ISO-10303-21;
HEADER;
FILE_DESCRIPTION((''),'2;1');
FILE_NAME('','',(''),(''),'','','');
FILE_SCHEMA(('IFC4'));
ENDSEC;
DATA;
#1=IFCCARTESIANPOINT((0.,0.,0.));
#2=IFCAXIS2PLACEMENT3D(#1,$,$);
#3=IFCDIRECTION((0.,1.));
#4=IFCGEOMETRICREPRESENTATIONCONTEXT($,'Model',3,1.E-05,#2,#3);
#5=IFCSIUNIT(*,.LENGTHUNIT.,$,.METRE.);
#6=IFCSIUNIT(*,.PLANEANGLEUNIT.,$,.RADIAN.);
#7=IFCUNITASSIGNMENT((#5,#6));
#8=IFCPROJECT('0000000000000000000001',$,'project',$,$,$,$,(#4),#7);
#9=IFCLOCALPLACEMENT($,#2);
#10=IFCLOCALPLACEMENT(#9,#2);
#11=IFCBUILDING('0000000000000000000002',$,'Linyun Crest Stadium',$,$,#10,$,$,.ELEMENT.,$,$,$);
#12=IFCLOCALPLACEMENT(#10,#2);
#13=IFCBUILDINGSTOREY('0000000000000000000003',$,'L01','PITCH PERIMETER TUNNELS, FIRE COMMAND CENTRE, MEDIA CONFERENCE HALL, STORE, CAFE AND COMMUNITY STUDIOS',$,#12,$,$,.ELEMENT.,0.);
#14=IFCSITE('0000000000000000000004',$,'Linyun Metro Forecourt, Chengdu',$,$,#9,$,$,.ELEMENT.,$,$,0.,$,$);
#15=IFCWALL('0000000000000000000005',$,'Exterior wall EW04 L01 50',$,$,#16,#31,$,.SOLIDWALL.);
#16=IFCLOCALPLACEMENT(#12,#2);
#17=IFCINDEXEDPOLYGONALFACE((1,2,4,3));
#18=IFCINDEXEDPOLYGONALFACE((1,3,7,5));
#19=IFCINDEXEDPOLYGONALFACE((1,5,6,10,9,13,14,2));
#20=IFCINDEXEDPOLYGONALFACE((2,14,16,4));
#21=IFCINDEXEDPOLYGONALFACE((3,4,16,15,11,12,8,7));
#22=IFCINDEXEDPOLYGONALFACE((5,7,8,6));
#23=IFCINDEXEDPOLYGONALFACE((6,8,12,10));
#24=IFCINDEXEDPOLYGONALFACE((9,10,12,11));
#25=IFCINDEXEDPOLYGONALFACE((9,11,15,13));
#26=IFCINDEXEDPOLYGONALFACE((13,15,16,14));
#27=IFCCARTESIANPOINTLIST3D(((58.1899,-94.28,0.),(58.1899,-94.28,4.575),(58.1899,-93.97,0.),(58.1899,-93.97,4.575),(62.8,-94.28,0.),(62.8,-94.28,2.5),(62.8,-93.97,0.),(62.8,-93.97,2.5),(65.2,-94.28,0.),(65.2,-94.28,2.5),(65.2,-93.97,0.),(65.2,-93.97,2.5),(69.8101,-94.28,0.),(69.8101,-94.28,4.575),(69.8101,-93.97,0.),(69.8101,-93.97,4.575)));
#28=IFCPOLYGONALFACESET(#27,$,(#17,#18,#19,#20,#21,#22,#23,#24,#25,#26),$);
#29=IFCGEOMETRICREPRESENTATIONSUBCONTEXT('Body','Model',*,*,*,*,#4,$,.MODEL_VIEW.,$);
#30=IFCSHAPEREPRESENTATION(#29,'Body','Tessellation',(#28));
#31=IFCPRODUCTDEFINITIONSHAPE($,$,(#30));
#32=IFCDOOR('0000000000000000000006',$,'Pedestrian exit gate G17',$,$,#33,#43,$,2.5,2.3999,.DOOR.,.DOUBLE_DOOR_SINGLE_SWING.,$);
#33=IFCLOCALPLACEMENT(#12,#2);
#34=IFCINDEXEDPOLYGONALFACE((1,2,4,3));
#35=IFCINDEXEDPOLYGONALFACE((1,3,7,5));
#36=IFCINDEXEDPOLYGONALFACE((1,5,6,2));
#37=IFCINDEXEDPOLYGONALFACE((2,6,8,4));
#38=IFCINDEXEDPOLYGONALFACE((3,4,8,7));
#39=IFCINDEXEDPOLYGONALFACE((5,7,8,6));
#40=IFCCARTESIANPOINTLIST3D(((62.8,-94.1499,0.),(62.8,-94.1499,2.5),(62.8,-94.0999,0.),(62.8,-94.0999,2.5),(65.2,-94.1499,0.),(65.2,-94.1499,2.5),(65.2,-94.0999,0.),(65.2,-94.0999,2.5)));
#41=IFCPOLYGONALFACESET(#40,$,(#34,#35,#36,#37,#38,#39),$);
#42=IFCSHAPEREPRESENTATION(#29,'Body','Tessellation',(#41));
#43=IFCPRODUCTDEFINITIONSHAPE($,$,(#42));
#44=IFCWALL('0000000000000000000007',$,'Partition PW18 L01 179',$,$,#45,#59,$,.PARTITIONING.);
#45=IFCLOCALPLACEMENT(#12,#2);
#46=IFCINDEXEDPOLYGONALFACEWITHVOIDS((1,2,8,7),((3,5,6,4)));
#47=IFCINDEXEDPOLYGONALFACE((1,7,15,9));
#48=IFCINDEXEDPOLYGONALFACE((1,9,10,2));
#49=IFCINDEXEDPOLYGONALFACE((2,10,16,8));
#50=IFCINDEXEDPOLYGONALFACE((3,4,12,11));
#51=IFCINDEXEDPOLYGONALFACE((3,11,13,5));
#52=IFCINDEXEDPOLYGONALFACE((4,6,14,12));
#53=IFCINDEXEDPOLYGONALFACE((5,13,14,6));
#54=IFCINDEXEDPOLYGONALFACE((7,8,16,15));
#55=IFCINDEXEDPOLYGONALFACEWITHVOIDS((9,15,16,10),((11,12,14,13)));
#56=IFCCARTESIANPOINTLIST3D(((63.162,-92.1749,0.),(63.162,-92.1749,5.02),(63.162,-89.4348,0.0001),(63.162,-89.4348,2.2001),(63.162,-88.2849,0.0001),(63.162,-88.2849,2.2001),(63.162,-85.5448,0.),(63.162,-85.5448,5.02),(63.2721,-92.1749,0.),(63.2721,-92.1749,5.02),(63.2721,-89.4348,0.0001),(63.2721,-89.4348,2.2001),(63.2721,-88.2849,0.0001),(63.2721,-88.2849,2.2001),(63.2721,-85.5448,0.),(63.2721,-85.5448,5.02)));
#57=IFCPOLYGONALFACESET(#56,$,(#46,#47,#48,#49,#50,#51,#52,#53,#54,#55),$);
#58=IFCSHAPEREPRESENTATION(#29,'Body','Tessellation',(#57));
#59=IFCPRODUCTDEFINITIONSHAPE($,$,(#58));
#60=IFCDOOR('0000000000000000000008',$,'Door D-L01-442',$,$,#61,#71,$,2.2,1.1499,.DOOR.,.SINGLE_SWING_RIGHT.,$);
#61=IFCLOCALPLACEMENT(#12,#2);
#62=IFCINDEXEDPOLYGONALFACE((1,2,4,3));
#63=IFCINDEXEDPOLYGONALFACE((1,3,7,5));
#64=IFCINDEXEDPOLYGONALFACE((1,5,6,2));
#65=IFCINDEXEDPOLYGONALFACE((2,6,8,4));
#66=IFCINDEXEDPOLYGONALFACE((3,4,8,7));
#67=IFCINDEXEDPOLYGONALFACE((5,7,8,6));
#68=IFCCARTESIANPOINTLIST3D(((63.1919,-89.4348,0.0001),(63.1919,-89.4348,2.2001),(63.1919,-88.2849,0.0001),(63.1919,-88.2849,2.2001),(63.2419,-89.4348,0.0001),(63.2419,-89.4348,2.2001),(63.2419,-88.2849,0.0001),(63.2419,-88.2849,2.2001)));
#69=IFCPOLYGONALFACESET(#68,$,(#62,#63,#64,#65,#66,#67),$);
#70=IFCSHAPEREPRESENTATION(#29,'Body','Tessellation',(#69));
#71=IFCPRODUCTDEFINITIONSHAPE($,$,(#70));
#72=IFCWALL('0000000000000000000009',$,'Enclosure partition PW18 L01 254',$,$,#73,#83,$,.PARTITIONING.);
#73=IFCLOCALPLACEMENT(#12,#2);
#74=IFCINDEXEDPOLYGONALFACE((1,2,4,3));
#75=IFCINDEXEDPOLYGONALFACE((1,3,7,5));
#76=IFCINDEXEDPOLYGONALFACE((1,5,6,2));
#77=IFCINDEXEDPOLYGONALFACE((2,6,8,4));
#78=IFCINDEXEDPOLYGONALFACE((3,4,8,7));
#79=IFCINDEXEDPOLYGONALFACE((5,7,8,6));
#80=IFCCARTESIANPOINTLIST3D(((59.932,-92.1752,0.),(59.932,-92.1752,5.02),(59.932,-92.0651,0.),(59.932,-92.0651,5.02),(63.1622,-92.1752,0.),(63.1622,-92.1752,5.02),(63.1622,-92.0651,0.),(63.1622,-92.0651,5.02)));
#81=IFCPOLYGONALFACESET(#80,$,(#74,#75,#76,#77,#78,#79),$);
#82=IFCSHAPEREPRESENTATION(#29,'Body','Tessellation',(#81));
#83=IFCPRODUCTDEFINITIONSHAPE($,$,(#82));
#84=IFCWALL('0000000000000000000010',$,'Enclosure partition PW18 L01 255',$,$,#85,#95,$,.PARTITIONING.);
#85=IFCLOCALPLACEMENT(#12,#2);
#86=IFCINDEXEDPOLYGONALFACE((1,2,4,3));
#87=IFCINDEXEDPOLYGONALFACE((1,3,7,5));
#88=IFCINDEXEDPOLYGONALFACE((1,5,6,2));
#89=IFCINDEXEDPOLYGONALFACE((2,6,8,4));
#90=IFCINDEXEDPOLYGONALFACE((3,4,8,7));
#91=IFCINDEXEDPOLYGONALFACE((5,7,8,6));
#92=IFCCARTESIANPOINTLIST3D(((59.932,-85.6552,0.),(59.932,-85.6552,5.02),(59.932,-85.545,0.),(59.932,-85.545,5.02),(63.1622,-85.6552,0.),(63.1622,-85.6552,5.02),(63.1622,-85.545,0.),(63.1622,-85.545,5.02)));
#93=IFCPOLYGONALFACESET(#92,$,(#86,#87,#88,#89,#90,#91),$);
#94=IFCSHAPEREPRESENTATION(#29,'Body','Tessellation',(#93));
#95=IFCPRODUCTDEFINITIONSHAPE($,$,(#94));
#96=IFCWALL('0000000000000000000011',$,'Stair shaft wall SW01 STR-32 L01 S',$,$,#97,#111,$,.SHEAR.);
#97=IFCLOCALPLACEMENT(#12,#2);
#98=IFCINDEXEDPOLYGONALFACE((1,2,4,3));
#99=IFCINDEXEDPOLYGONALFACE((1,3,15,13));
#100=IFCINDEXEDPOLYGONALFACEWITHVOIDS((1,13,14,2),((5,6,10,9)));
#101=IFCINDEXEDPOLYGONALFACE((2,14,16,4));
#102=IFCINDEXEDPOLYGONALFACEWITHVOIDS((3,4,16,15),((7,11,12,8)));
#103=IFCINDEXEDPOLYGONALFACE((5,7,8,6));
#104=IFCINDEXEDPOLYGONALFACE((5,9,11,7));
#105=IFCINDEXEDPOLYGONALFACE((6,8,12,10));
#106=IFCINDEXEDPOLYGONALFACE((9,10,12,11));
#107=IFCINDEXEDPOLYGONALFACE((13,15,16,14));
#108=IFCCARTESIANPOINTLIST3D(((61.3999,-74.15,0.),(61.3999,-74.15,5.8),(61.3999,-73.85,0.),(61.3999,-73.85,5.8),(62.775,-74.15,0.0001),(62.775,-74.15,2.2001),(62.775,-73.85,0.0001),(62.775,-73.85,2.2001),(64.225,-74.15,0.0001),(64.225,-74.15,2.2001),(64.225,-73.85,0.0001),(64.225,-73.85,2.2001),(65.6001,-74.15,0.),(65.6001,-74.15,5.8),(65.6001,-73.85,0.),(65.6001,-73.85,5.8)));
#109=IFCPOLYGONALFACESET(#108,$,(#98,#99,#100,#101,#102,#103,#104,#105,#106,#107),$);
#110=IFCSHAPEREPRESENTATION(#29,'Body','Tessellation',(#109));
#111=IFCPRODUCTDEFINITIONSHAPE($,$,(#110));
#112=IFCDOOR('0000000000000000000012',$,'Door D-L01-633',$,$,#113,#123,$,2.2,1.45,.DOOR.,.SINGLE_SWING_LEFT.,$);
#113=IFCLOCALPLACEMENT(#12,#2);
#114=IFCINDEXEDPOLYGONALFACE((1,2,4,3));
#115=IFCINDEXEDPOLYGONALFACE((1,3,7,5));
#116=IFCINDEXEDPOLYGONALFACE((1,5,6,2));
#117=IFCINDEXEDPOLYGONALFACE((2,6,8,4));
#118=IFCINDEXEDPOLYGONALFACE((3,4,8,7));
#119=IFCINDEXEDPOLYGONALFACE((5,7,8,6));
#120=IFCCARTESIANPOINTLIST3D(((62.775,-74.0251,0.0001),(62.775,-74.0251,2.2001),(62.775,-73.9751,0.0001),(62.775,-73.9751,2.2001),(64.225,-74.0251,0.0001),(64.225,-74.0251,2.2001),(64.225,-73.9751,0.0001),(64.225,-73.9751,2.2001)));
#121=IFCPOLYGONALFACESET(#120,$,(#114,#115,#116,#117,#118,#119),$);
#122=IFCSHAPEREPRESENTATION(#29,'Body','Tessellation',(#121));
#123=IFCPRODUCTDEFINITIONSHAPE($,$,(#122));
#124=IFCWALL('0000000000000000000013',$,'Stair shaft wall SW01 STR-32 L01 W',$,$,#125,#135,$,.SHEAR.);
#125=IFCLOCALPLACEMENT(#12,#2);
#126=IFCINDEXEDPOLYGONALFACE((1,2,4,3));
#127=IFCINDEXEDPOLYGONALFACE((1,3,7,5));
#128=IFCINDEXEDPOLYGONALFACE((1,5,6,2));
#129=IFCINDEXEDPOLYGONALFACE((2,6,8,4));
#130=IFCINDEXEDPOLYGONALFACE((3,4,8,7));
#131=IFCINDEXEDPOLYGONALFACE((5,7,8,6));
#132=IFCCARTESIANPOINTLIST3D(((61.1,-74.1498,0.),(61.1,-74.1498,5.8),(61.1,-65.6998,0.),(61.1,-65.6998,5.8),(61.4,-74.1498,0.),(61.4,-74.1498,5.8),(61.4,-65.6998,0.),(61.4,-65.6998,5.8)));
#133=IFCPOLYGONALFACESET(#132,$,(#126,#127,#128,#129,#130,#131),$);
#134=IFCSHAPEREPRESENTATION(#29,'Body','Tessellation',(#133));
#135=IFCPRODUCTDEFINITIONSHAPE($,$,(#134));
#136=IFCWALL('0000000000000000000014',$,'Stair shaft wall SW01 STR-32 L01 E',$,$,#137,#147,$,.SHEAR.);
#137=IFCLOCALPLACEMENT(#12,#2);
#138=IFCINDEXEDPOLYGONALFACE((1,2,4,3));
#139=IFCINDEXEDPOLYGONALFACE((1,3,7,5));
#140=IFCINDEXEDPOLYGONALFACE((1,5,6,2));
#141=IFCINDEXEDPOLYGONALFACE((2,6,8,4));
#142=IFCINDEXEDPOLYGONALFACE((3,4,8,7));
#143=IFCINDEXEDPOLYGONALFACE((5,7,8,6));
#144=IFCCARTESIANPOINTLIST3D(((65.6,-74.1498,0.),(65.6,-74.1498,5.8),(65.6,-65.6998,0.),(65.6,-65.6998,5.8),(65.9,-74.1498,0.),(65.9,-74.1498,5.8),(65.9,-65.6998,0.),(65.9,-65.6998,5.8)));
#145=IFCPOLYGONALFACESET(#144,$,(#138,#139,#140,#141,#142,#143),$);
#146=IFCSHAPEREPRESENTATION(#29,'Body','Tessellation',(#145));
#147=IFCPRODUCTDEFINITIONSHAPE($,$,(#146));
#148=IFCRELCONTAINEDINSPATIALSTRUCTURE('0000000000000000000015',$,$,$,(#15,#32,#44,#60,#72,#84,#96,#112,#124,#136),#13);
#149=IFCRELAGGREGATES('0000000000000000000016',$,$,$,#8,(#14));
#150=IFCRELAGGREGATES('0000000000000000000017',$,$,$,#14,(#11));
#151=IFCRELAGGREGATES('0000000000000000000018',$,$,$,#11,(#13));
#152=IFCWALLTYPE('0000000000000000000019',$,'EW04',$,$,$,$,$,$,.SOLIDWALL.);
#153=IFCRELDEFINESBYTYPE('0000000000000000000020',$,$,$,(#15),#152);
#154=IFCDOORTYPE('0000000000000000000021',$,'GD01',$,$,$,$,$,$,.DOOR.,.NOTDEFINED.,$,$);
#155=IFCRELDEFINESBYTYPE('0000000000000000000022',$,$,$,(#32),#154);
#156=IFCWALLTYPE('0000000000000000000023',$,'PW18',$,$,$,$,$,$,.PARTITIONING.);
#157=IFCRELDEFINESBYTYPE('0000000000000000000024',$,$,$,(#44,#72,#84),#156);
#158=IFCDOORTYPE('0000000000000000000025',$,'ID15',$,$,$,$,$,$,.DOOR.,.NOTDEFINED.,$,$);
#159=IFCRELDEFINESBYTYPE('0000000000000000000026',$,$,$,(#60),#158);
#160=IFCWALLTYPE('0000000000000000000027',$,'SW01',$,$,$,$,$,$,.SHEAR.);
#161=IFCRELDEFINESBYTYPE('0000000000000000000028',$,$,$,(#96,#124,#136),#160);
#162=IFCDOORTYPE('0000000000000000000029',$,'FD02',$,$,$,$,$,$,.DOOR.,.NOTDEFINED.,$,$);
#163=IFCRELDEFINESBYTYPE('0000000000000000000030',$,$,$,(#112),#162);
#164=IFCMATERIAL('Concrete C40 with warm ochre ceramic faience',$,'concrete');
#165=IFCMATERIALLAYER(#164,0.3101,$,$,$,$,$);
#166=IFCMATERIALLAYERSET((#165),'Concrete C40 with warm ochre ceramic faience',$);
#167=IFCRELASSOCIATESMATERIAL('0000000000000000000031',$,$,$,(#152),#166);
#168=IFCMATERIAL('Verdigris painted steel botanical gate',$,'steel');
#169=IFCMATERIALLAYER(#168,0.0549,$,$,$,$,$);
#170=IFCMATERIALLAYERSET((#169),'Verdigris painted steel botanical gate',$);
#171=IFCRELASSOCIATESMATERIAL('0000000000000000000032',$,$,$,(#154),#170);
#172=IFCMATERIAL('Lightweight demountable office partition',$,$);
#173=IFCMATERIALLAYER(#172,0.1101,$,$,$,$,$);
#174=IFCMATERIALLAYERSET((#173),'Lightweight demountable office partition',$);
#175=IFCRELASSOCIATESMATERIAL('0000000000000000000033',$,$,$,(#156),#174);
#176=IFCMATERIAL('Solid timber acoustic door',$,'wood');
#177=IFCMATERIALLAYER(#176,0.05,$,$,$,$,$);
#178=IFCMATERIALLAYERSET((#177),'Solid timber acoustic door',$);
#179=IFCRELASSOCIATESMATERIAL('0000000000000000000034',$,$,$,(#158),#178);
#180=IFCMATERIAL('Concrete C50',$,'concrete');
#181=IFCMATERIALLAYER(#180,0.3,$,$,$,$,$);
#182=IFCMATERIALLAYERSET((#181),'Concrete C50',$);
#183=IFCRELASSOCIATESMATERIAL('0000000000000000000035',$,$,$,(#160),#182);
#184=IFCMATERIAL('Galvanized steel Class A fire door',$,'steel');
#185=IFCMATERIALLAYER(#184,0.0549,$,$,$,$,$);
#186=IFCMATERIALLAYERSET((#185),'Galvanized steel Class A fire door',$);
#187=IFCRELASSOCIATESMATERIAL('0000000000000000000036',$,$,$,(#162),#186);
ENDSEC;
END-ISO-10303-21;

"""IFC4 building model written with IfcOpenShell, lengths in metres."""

from ifc_helpers import new_model, si_unit, direction, frame, frame_2d, origin, place, context, subcontext, project, spatial, rectangle, extrude, material, layer, layer_set, type_object, element, fill, save


model = new_model("IFC4")

# Units and contexts
model_context = context("Model", 3, precision=1e-05, world=origin(), true_north=direction((0.0, 1.0)))
body_context = subcontext(model_context, "Body", "Model", "MODEL_VIEW")
ifc_project = project(units=[si_unit("LENGTHUNIT", "METRE"), si_unit("PLANEANGLEUNIT", "RADIAN")], contexts=[model_context])

# Site, building, storey
site_placement = place(None, origin())
site = spatial("IfcSite", under=ifc_project, at=site_placement, Name="Linyun Metro Forecourt, Chengdu", CompositionType="ELEMENT", RefElevation=0.0)
building_placement = place(site_placement, origin())
building = spatial("IfcBuilding", under=site, at=building_placement, Name="Linyun Crest Stadium", CompositionType="ELEMENT")
storey_placement = place(building_placement, origin())
storey = spatial("IfcBuildingStorey", under=building, at=storey_placement, Name="L01", Description="PITCH PERIMETER TUNNELS, FIRE COMMAND CENTRE, MEDIA CONFERENCE HALL, STORE, CAFE AND COMMUNITY STUDIOS", CompositionType="ELEMENT", Elevation=0.0)

# Walls, openings, doors
ifc_material_1 = material(Name="Concrete C40 with warm ochre ceramic faience", Category="concrete")
ifc_layer_1 = layer(ifc_material_1, 0.3101)
ifc_layer_set_1 = layer_set([ifc_layer_1], Name="Concrete C40 with warm ochre ceramic faience")
wall_type_1 = type_object("IfcWallType", Name="EW04", PredefinedType="SOLIDWALL", material=ifc_layer_set_1)
wall_1_placement = place(storey_placement, frame((69.8101, -94.125, 0.0), z_axis=(0.0, 0.0, 1.0), x_axis=(-1.0, 0.0, 0.0)))
wall_1 = element("IfcWall", 1, at=wall_1_placement, inside=storey, type_object=wall_type_1, Name="Exterior wall EW04 L01 50", PredefinedType="SOLIDWALL", context=body_context, shape_type="SweptSolid", body=[
    extrude(rectangle(XDim=11.6201, YDim=0.3101, at=frame_2d((5.8101, 0.0))), origin(), (0.0, 0.0, 1.0), 4.575),
])
opening_1_placement = place(wall_1_placement, frame((4.6101, 0.0, 0.0)))
opening_1 = element("IfcOpeningElement", 2, at=opening_1_placement, cuts=wall_1, PredefinedType="OPENING", context=body_context, shape_type="SweptSolid", body=[
    extrude(rectangle(XDim=2.3999, YDim=2.5, at=frame_2d((1.2, 1.25))), frame((0.0, 0.165, 0.0), z_axis=(0.0, -1.0, 0.0), x_axis=(1.0, 0.0, 0.0)), (0.0, 0.0, 1.0), 0.3301),
])
ifc_material_2 = material(Name="Verdigris painted steel botanical gate", Category="steel")
ifc_layer_2 = layer(ifc_material_2, 0.0549)
ifc_layer_set_2 = layer_set([ifc_layer_2], Name="Verdigris painted steel botanical gate")
door_type_1 = type_object("IfcDoorType", Name="GD01", OperationType="NOTDEFINED", PredefinedType="DOOR", material=ifc_layer_set_2)
door_1_placement = place(opening_1_placement, origin())
door_1 = element("IfcDoor", 3, at=door_1_placement, inside=storey, type_object=door_type_1, Name="Pedestrian exit gate G17", OperationType="DOUBLE_DOOR_SINGLE_SWING", OverallHeight=2.5, OverallWidth=2.3999, PredefinedType="DOOR", context=body_context, shape_type="SweptSolid", body=[
    extrude(rectangle(XDim=2.3999, YDim=2.5, at=frame_2d((1.2, 1.25))), frame((0.0, 0.0249, 0.0), z_axis=(0.0, -1.0, 0.0), x_axis=(1.0, 0.0, 0.0)), (0.0, 0.0, 1.0), 0.05),
])
fill(opening_1, door_1)
ifc_material_3 = material(Name="Lightweight demountable office partition")
ifc_layer_3 = layer(ifc_material_3, 0.1101)
ifc_layer_set_3 = layer_set([ifc_layer_3], Name="Lightweight demountable office partition")
wall_type_2 = type_object("IfcWallType", Name="PW18", PredefinedType="PARTITIONING", material=ifc_layer_set_3)
wall_2_placement = place(storey_placement, frame((63.217, -85.5449, 0.0), z_axis=(0.0, 0.0, 1.0), x_axis=(0.0, -1.0, 0.0)))
wall_2 = element("IfcWall", 4, at=wall_2_placement, inside=storey, type_object=wall_type_2, Name="Partition PW18 L01 179", PredefinedType="PARTITIONING", context=body_context, shape_type="SweptSolid", body=[
    extrude(rectangle(XDim=6.6301, YDim=0.1101, at=frame_2d((3.3149, 0.0))), origin(), (0.0, 0.0, 1.0), 5.02),
])
opening_2_placement = place(wall_2_placement, frame((2.74, 0.0, 0.0)))
opening_2 = element("IfcOpeningElement", 5, at=opening_2_placement, cuts=wall_2, PredefinedType="OPENING", context=body_context, shape_type="SweptSolid", body=[
    extrude(rectangle(XDim=1.1499, YDim=2.2, at=frame_2d((0.575, 1.1001))), frame((0.0, 0.0649, 0.0), z_axis=(0.0, -1.0, 0.0), x_axis=(1.0, 0.0, 0.0)), (0.0, 0.0, 1.0), 0.1301),
])
ifc_material_4 = material(Name="Solid timber acoustic door", Category="wood")
ifc_layer_4 = layer(ifc_material_4, 0.05)
ifc_layer_set_4 = layer_set([ifc_layer_4], Name="Solid timber acoustic door")
door_type_2 = type_object("IfcDoorType", Name="ID15", OperationType="NOTDEFINED", PredefinedType="DOOR", material=ifc_layer_set_4)
door_2_placement = place(opening_2_placement, origin())
door_2 = element("IfcDoor", 6, at=door_2_placement, inside=storey, type_object=door_type_2, Name="Door D-L01-442", OperationType="SINGLE_SWING_RIGHT", OverallHeight=2.2, OverallWidth=1.1499, PredefinedType="DOOR", context=body_context, shape_type="SweptSolid", body=[
    extrude(rectangle(XDim=1.1499, YDim=2.2, at=frame_2d((0.575, 1.1001))), frame((0.0, 0.0249, 0.0), z_axis=(0.0, -1.0, 0.0), x_axis=(1.0, 0.0, 0.0)), (0.0, 0.0, 1.0), 0.05),
])
fill(opening_2, door_2)

# Walls
for number, where, z_axis, x_axis, name in (
    (7, (59.9319, -92.1201, 0.0), (0.0, 0.0, 1.0), (1.0, 0.0, 0.0), "Enclosure partition PW18 L01 254"),
    (8, (59.9319, -85.6001, 0.0), (0.0, 0.0, 1.0), (1.0, 0.0, 0.0), "Enclosure partition PW18 L01 255"),
):
    element("IfcWall", number, at=place(storey_placement, frame(where, z_axis=z_axis, x_axis=x_axis)), inside=storey, type_object=wall_type_2, Name=name, PredefinedType="PARTITIONING", context=body_context, shape_type="SweptSolid", body=[
        extrude(rectangle(XDim=3.2302, YDim=0.1101, at=frame_2d((1.6152, 0.0))), origin(), (0.0, 0.0, 1.0), 5.02),
    ])

# Wall, opening, door
ifc_material_5 = material(Name="Concrete C50", Category="concrete")
ifc_layer_5 = layer(ifc_material_5, 0.3)
ifc_layer_set_5 = layer_set([ifc_layer_5], Name="Concrete C50")
wall_type_3 = type_object("IfcWallType", Name="SW01", PredefinedType="SHEAR", material=ifc_layer_set_5)
wall_3_placement = place(storey_placement, frame((61.3999, -74.0, 0.0), z_axis=(0.0, 0.0, 1.0), x_axis=(1.0, 0.0, 0.0)))
wall_3 = element("IfcWall", 9, at=wall_3_placement, inside=storey, type_object=wall_type_3, Name="Stair shaft wall SW01 STR-32 L01 S", PredefinedType="SHEAR", context=body_context, shape_type="SweptSolid", body=[
    extrude(rectangle(XDim=4.2002, YDim=0.3, at=frame_2d((2.1001, 0.0))), origin(), (0.0, 0.0, 1.0), 5.8),
])
opening_3_placement = place(wall_3_placement, frame((1.375, 0.0, 0.0)))
opening_3 = element("IfcOpeningElement", 10, at=opening_3_placement, cuts=wall_3, PredefinedType="OPENING", context=body_context, shape_type="SweptSolid", body=[
    extrude(rectangle(XDim=1.45, YDim=2.2, at=frame_2d((0.7251, 1.1001))), frame((0.0, 0.1599, 0.0), z_axis=(0.0, -1.0, 0.0), x_axis=(1.0, 0.0, 0.0)), (0.0, 0.0, 1.0), 0.3201),
])
ifc_material_6 = material(Name="Galvanized steel Class A fire door", Category="steel")
ifc_layer_6 = layer(ifc_material_6, 0.0549)
ifc_layer_set_6 = layer_set([ifc_layer_6], Name="Galvanized steel Class A fire door")
door_type_3 = type_object("IfcDoorType", Name="FD02", OperationType="NOTDEFINED", PredefinedType="DOOR", material=ifc_layer_set_6)
door_3_placement = place(opening_3_placement, origin())
door_3 = element("IfcDoor", 11, at=door_3_placement, inside=storey, type_object=door_type_3, Name="Door D-L01-633", OperationType="SINGLE_SWING_LEFT", OverallHeight=2.2, OverallWidth=1.45, PredefinedType="DOOR", context=body_context, shape_type="SweptSolid", body=[
    extrude(rectangle(XDim=1.45, YDim=2.2, at=frame_2d((0.7251, 1.1001))), frame((0.0, 0.0249, 0.0), z_axis=(0.0, -1.0, 0.0), x_axis=(1.0, 0.0, 0.0)), (0.0, 0.0, 1.0), 0.05),
])
fill(opening_3, door_3)

# Walls
for number, where, z_axis, x_axis, name in (
    (12, (61.25, -74.1499, 0.0), (0.0, 0.0, 1.0), (0.0, 1.0, 0.0), "Stair shaft wall SW01 STR-32 L01 W"),
    (13, (65.75, -74.1499, 0.0), (0.0, 0.0, 1.0), (0.0, 1.0, 0.0), "Stair shaft wall SW01 STR-32 L01 E"),
):
    element("IfcWall", number, at=place(storey_placement, frame(where, z_axis=z_axis, x_axis=x_axis)), inside=storey, type_object=wall_type_3, Name=name, PredefinedType="SHEAR", context=body_context, shape_type="SweptSolid", body=[
        extrude(rectangle(XDim=8.45, YDim=0.3, at=frame_2d((4.2251, 0.0))), origin(), (0.0, 0.0, 1.0), 5.8),
    ])

save(model, "model.ifc")
